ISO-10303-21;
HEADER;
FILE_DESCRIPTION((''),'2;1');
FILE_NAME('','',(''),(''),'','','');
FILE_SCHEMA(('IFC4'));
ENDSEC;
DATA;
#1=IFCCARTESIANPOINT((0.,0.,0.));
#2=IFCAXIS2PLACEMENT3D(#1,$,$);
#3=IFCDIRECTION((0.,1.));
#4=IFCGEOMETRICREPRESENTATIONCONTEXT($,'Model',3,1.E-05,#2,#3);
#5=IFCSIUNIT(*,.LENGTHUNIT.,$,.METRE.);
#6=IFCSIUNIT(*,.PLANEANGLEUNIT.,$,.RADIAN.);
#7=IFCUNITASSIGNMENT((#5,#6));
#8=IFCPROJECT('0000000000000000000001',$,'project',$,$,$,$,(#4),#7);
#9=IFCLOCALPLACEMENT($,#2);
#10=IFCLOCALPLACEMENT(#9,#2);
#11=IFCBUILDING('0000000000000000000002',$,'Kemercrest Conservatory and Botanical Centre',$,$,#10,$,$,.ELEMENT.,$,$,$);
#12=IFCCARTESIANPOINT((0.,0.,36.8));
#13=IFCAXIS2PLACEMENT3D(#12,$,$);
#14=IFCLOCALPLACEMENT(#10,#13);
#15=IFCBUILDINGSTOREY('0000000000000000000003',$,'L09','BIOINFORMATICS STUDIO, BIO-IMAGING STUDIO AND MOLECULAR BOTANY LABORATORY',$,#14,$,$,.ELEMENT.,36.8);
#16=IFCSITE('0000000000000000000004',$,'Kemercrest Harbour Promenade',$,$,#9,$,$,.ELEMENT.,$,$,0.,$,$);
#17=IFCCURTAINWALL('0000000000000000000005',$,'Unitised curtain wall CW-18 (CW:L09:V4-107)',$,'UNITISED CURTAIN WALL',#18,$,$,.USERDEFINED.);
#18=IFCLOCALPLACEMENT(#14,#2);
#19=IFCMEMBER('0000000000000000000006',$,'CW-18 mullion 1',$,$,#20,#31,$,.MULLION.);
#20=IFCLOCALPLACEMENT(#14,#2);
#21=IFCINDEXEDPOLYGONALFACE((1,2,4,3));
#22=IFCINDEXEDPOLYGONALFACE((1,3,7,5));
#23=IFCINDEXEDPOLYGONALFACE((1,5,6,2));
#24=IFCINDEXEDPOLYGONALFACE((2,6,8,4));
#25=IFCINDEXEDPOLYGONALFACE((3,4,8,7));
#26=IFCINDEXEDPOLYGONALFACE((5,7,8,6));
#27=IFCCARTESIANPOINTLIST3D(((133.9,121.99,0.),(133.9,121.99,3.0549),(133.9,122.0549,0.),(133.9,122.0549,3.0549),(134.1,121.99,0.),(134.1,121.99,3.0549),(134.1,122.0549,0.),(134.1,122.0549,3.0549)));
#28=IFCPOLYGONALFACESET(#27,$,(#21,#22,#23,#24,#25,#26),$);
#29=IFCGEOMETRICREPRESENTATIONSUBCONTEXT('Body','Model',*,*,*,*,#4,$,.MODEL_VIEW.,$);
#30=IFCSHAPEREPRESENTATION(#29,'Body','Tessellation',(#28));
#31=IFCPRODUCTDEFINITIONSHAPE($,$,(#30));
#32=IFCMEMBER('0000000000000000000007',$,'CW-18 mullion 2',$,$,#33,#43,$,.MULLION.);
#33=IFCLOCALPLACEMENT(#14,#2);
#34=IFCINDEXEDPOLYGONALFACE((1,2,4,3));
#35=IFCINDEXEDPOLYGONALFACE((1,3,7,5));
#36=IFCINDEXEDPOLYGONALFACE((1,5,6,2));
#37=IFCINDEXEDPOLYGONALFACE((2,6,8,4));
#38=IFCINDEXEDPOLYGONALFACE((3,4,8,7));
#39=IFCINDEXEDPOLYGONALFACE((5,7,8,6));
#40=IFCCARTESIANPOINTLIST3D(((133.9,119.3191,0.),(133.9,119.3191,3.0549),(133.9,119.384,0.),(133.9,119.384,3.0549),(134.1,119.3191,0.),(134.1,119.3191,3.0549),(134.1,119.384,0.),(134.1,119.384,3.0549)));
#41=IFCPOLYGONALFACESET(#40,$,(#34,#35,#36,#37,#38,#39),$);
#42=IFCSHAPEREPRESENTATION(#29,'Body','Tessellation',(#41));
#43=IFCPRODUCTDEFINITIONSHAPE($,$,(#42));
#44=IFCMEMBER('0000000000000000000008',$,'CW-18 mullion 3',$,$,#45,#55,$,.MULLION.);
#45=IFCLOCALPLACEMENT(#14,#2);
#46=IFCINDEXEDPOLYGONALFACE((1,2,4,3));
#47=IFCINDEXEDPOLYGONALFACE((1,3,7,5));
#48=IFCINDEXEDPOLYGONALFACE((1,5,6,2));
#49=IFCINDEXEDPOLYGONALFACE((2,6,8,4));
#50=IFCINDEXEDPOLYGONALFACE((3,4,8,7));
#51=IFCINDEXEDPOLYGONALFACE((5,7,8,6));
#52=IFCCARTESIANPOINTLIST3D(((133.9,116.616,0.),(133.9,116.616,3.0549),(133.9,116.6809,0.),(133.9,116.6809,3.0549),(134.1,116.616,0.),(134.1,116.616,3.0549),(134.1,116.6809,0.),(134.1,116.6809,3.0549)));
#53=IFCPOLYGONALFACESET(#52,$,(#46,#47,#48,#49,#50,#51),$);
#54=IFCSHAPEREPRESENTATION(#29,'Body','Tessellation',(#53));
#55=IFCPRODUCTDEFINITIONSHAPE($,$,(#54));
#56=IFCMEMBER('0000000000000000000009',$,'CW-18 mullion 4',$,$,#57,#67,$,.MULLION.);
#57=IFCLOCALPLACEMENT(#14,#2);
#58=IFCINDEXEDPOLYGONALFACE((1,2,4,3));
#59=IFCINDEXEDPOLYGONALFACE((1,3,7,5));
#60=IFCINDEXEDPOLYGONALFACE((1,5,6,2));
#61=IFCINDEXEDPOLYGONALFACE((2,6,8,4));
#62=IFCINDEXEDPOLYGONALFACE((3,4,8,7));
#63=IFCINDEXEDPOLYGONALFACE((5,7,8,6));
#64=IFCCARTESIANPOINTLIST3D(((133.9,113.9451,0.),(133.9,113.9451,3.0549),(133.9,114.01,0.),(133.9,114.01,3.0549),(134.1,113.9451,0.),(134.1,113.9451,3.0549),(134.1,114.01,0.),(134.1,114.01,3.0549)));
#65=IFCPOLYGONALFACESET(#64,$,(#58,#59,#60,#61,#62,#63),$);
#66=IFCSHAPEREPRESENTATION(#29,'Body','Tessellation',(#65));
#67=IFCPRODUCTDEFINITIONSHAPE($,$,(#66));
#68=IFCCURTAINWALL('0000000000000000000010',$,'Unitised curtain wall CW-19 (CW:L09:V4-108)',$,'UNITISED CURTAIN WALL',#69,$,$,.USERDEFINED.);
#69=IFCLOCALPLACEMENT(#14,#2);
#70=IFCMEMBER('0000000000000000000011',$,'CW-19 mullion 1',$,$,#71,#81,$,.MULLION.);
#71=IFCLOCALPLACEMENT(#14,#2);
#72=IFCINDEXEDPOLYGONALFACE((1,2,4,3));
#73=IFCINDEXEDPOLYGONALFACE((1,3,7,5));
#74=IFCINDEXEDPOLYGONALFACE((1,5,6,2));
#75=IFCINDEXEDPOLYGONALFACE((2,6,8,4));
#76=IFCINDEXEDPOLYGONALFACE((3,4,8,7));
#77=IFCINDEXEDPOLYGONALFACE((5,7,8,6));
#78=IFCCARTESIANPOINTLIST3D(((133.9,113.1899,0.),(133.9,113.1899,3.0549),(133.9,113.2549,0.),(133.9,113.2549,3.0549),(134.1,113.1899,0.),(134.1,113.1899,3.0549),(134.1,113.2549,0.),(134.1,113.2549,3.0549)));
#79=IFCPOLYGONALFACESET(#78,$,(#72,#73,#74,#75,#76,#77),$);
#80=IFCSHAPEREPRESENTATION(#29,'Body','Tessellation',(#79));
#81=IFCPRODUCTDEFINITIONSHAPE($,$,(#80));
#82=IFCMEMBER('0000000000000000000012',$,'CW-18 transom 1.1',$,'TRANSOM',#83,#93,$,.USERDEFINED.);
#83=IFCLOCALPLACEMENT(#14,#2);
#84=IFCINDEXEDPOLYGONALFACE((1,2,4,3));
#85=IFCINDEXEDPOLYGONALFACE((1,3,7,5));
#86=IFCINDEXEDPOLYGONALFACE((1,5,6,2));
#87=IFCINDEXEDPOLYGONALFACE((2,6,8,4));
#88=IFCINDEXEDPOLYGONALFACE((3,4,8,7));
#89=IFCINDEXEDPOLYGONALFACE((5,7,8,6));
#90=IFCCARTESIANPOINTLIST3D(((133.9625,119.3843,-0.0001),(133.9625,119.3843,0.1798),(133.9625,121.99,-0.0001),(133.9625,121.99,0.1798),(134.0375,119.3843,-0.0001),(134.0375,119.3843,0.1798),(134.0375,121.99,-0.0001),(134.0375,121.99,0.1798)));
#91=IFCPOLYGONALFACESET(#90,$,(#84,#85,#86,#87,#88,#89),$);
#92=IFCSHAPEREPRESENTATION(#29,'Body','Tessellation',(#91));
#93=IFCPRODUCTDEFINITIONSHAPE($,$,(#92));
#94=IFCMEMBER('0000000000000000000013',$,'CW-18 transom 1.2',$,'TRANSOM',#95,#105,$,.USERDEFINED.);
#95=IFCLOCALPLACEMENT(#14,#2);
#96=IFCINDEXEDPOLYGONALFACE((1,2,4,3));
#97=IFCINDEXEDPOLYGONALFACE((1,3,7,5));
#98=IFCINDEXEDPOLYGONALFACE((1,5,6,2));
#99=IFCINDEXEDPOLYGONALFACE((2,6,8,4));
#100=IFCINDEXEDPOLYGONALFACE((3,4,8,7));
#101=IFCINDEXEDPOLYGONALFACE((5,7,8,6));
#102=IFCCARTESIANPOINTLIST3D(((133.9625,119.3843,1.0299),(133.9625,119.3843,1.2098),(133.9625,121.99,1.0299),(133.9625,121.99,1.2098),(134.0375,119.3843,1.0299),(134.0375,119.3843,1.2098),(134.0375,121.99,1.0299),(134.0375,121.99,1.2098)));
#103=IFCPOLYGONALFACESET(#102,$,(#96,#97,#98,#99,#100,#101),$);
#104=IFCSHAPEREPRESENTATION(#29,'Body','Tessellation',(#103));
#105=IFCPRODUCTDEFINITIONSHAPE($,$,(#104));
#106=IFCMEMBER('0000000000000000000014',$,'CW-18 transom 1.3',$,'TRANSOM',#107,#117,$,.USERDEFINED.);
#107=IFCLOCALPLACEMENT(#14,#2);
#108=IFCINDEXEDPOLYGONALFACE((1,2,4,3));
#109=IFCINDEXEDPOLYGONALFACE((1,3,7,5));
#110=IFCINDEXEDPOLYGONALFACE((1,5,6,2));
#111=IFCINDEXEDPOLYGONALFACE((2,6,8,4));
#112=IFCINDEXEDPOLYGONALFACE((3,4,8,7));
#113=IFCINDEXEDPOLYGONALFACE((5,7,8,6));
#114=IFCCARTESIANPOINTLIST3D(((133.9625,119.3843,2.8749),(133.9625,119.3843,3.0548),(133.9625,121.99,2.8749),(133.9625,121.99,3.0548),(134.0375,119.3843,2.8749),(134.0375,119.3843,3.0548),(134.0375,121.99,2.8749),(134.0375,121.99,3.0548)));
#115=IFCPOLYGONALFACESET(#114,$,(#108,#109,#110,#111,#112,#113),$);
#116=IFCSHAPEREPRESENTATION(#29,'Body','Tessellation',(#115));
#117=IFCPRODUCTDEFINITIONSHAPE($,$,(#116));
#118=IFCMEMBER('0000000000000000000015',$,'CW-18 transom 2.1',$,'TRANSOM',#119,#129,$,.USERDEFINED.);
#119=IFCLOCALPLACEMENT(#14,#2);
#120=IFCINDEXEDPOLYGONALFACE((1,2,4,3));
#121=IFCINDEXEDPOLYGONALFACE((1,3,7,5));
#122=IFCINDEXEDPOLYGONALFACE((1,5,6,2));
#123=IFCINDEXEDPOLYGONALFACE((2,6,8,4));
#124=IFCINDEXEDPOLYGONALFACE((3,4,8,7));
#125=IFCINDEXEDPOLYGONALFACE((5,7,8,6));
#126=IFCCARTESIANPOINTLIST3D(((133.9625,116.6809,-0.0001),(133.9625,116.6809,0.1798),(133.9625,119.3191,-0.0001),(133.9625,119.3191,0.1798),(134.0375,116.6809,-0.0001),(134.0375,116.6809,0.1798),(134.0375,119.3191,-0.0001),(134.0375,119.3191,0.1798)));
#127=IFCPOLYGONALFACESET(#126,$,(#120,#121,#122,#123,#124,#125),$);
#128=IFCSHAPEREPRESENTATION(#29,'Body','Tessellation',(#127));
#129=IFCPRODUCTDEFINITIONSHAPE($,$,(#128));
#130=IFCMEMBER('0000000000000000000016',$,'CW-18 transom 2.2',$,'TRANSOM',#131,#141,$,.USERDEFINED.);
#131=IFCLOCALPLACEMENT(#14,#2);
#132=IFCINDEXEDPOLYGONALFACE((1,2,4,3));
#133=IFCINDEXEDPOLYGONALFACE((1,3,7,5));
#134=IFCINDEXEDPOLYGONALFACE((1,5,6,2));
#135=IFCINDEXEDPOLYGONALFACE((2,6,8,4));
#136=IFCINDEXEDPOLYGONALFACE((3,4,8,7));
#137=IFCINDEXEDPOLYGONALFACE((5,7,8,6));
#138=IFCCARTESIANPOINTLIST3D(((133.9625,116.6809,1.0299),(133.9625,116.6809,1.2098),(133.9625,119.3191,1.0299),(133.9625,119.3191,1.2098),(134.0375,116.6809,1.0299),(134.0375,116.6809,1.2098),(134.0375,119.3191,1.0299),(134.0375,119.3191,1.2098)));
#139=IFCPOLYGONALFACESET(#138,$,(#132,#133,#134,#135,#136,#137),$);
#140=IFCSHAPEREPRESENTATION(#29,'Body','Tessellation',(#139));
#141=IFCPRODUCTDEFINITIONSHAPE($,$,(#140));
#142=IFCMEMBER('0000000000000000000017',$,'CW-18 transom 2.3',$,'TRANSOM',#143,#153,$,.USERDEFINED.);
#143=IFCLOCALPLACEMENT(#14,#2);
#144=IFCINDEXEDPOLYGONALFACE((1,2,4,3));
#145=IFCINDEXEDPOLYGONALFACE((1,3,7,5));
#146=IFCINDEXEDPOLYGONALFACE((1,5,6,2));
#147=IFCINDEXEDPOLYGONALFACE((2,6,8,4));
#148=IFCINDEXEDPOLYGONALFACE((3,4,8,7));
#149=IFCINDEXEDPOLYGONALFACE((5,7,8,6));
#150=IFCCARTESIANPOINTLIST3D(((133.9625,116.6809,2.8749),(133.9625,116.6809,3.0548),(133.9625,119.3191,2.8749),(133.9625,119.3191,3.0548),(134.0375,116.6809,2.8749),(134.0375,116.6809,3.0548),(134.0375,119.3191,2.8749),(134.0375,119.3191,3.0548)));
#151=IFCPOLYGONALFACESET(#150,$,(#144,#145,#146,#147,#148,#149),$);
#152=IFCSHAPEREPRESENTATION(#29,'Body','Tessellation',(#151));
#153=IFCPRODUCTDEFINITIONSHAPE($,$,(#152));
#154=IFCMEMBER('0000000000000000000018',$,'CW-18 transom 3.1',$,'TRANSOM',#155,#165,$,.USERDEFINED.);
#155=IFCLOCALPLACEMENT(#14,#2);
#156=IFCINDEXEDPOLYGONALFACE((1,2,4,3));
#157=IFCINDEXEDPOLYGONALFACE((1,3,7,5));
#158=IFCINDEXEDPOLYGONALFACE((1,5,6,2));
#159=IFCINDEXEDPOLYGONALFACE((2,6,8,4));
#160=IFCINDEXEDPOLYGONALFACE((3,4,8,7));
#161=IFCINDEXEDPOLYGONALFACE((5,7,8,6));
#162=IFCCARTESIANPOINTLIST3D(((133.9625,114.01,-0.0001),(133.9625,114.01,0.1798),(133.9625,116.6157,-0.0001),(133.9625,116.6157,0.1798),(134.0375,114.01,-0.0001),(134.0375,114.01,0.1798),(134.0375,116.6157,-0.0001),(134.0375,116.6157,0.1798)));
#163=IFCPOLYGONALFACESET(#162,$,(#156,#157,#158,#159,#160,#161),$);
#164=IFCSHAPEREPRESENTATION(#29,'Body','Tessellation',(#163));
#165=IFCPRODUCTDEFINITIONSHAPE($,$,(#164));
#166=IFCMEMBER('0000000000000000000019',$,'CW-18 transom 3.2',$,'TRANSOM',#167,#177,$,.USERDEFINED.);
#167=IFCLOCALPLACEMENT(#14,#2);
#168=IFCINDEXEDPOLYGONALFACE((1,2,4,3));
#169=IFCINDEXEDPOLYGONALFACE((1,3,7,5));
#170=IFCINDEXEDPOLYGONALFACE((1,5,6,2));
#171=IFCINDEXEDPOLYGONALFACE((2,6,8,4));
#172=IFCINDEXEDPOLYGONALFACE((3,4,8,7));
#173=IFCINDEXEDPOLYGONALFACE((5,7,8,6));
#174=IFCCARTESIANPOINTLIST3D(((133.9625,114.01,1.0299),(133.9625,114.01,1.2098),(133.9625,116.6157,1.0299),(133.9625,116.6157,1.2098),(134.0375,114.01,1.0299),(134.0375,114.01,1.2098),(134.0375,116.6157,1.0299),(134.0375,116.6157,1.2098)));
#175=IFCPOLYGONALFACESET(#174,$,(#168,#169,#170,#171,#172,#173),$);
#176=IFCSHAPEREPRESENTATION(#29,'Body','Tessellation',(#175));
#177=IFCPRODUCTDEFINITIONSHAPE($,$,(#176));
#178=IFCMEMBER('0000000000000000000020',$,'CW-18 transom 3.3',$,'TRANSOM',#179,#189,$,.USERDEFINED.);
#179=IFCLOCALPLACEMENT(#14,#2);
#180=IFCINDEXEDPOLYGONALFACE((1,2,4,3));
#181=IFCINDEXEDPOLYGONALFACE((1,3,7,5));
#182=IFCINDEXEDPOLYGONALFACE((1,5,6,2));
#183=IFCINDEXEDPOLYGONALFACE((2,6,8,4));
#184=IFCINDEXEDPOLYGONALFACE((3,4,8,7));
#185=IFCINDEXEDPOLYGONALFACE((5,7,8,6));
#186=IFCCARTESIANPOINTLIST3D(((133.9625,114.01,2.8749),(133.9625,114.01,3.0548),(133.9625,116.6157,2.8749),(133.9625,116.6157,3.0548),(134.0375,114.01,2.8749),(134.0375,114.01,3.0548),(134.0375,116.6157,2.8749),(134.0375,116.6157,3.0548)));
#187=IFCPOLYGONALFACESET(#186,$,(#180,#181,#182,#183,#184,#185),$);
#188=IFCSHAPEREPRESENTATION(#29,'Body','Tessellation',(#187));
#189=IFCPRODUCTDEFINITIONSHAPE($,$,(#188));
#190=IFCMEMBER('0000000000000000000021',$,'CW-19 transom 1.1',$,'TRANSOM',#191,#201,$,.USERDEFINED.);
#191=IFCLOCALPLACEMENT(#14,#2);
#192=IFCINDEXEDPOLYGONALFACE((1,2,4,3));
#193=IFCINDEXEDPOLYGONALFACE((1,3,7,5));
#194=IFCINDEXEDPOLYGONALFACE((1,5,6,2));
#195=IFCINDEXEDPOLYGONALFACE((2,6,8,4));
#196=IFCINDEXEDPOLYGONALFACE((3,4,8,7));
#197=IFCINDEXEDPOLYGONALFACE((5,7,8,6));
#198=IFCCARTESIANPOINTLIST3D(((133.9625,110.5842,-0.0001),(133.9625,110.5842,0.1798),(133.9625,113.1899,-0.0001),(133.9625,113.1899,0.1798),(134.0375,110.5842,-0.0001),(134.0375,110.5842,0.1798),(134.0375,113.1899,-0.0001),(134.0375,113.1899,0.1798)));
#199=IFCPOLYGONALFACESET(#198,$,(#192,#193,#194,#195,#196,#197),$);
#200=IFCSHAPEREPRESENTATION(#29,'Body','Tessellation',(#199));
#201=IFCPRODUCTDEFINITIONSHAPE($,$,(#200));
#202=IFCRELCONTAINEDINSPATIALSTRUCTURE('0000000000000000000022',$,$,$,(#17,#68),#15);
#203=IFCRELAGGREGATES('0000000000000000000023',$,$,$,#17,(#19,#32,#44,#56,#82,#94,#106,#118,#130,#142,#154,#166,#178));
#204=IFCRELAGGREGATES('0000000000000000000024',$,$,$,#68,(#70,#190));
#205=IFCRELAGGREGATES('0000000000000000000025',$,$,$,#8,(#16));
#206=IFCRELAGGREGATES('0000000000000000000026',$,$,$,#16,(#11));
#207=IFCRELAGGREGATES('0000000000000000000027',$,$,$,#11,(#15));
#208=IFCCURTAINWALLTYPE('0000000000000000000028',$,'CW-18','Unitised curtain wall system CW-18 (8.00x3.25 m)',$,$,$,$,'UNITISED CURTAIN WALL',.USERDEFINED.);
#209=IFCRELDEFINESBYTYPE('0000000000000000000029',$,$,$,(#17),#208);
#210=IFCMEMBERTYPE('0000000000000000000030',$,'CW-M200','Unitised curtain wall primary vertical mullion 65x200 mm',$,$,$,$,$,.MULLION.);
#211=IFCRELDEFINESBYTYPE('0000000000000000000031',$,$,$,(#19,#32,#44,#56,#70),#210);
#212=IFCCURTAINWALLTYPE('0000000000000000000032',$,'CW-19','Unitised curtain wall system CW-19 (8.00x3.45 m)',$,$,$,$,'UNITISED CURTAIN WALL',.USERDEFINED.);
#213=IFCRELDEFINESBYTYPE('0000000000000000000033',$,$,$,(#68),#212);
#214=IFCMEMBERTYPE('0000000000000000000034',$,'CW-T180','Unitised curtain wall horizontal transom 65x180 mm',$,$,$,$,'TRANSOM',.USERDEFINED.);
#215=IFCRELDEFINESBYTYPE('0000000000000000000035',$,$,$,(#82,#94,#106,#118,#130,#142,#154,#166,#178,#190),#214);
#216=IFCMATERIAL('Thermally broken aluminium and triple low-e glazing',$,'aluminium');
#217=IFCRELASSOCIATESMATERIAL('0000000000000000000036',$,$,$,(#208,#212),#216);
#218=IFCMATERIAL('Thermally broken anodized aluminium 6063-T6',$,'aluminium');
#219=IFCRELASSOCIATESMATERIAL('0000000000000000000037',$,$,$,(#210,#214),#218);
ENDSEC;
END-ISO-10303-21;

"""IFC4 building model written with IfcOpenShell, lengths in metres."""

from ifc_helpers import new_model, si_unit, direction, frame, origin, origin_2d, place, context, subcontext, project, spatial, rectangle, extrude, material, material_profile, profile_set, type_object, element, aggregate, save


model = new_model("IFC4")

# Units and contexts
model_context = context("Model", 3, precision=1e-05, world=origin(), true_north=direction((0.0, 1.0)))
body_context = subcontext(model_context, "Body", "Model", "MODEL_VIEW")
ifc_project = project(units=[si_unit("LENGTHUNIT", "METRE"), si_unit("PLANEANGLEUNIT", "RADIAN")], contexts=[model_context])

# Site, building, storey
site_placement = place(None, origin())
site = spatial("IfcSite", under=ifc_project, at=site_placement, Name="Kemercrest Harbour Promenade", CompositionType="ELEMENT", RefElevation=0.0)
building_placement = place(site_placement, origin())
building = spatial("IfcBuilding", under=site, at=building_placement, Name="Kemercrest Conservatory and Botanical Centre", CompositionType="ELEMENT")
storey_placement = place(building_placement, frame((0.0, 0.0, 36.8)))
storey = spatial("IfcBuildingStorey", under=building, at=storey_placement, Name="L09", Description="BIOINFORMATICS STUDIO, BIO-IMAGING STUDIO AND MOLECULAR BOTANY LABORATORY", CompositionType="ELEMENT", Elevation=36.8)

# Curtain wall, members
ifc_material_1 = material(Name="Thermally broken aluminium and triple low-e glazing", Category="aluminium")
curtain_wall_type_1 = type_object("IfcCurtainWallType", Name="CW-18", Description="Unitised curtain wall system CW-18 (8.00x3.25 m)", ElementType="UNITISED CURTAIN WALL", PredefinedType="USERDEFINED", material=ifc_material_1)
curtain_wall_1_placement = place(storey_placement, origin())
curtain_wall_1 = element("IfcCurtainWall", 1, at=curtain_wall_1_placement, inside=storey, type_object=curtain_wall_type_1, Name="Unitised curtain wall CW-18 (CW:L09:V4-107)", ObjectType="UNITISED CURTAIN WALL", PredefinedType="USERDEFINED")
ifc_material_2 = material(Name="Thermally broken anodized aluminium 6063-T6", Category="aluminium")
ifc_material_profile_1 = material_profile(ifc_material_2, rectangle(XDim=0.2, YDim=0.0649, at=origin_2d()), Name="AL MULLION 65x200")
ifc_profile_set_1 = profile_set([ifc_material_profile_1], Name="Thermally broken anodized aluminium 6063-T6")
member_type_1 = type_object("IfcMemberType", Name="CW-M200", Description="Unitised curtain wall primary vertical mullion 65x200 mm", PredefinedType="MULLION", material=ifc_profile_set_1)
member_1_placement = place(storey_placement, frame((134.0, 122.0225, 0.0), z_axis=(0.0, 0.0, 1.0), x_axis=(1.0, 0.0, 0.0)))
member_1 = element("IfcMember", 2, at=member_1_placement, type_object=member_type_1, Name="CW-18 mullion 1", PredefinedType="MULLION", context=body_context, shape_type="SweptSolid", body=[
    extrude(rectangle(XDim=0.2, YDim=0.0649, at=origin_2d()), origin(), (0.0, 0.0, 1.0), 3.0549),
])
member_2_placement = place(storey_placement, frame((134.0, 119.3516, 0.0), z_axis=(0.0, 0.0, 1.0), x_axis=(1.0, 0.0, 0.0)))
member_2 = element("IfcMember", 3, at=member_2_placement, type_object=member_type_1, Name="CW-18 mullion 2", PredefinedType="MULLION", context=body_context, shape_type="SweptSolid", body=[
    extrude(rectangle(XDim=0.2, YDim=0.0649, at=origin_2d()), origin(), (0.0, 0.0, 1.0), 3.0549),
])
member_3_placement = place(storey_placement, frame((134.0, 116.6484, 0.0), z_axis=(0.0, 0.0, 1.0), x_axis=(1.0, 0.0, 0.0)))
member_3 = element("IfcMember", 4, at=member_3_placement, type_object=member_type_1, Name="CW-18 mullion 3", PredefinedType="MULLION", context=body_context, shape_type="SweptSolid", body=[
    extrude(rectangle(XDim=0.2, YDim=0.0649, at=origin_2d()), origin(), (0.0, 0.0, 1.0), 3.0549),
])
member_4_placement = place(storey_placement, frame((134.0, 113.9775, 0.0), z_axis=(0.0, 0.0, 1.0), x_axis=(1.0, 0.0, 0.0)))
member_4 = element("IfcMember", 5, at=member_4_placement, type_object=member_type_1, Name="CW-18 mullion 4", PredefinedType="MULLION", context=body_context, shape_type="SweptSolid", body=[
    extrude(rectangle(XDim=0.2, YDim=0.0649, at=origin_2d()), origin(), (0.0, 0.0, 1.0), 3.0549),
])

# Curtain wall, member
curtain_wall_type_2 = type_object("IfcCurtainWallType", Name="CW-19", Description="Unitised curtain wall system CW-19 (8.00x3.45 m)", ElementType="UNITISED CURTAIN WALL", PredefinedType="USERDEFINED", material=ifc_material_1)
curtain_wall_2_placement = place(storey_placement, origin())
curtain_wall_2 = element("IfcCurtainWall", 6, at=curtain_wall_2_placement, inside=storey, type_object=curtain_wall_type_2, Name="Unitised curtain wall CW-19 (CW:L09:V4-108)", ObjectType="UNITISED CURTAIN WALL", PredefinedType="USERDEFINED")
member_5_placement = place(storey_placement, frame((134.0, 113.2224, 0.0), z_axis=(0.0, 0.0, 1.0), x_axis=(1.0, 0.0, 0.0)))
member_5 = element("IfcMember", 7, at=member_5_placement, type_object=member_type_1, Name="CW-19 mullion 1", PredefinedType="MULLION", context=body_context, shape_type="SweptSolid", body=[
    extrude(rectangle(XDim=0.2, YDim=0.0649, at=origin_2d()), origin(), (0.0, 0.0, 1.0), 3.0549),
])

# Members
ifc_material_profile_2 = material_profile(ifc_material_2, rectangle(XDim=0.075, YDim=0.1799, at=origin_2d()), Name="AL TRANSOM 75x180")
ifc_profile_set_2 = profile_set([ifc_material_profile_2], Name="Thermally broken anodized aluminium 6063-T6")
member_type_2 = type_object("IfcMemberType", Name="CW-T180", Description="Unitised curtain wall horizontal transom 65x180 mm", ElementType="TRANSOM", PredefinedType="USERDEFINED", material=ifc_profile_set_2)
member_6_placement = place(storey_placement, frame((134.0, 121.99, 0.0898), z_axis=(0.0, -1.0, 0.0), x_axis=(1.0, 0.0, 0.0)))
member_6 = element("IfcMember", 8, at=member_6_placement, type_object=member_type_2, Name="CW-18 transom 1.1", ObjectType="TRANSOM", PredefinedType="USERDEFINED", context=body_context, shape_type="SweptSolid", body=[
    extrude(rectangle(XDim=0.075, YDim=0.1799, at=origin_2d()), origin(), (0.0, 0.0, 1.0), 2.6057),
])
member_7_placement = place(storey_placement, frame((134.0, 121.99, 1.1199), z_axis=(0.0, -1.0, 0.0), x_axis=(1.0, 0.0, 0.0)))
member_7 = element("IfcMember", 9, at=member_7_placement, type_object=member_type_2, Name="CW-18 transom 1.2", ObjectType="TRANSOM", PredefinedType="USERDEFINED", context=body_context, shape_type="SweptSolid", body=[
    extrude(rectangle(XDim=0.075, YDim=0.1799, at=origin_2d()), origin(), (0.0, 0.0, 1.0), 2.6057),
])
member_8_placement = place(storey_placement, frame((134.0, 121.99, 2.9648), z_axis=(0.0, -1.0, 0.0), x_axis=(1.0, 0.0, 0.0)))
member_8 = element("IfcMember", 10, at=member_8_placement, type_object=member_type_2, Name="CW-18 transom 1.3", ObjectType="TRANSOM", PredefinedType="USERDEFINED", context=body_context, shape_type="SweptSolid", body=[
    extrude(rectangle(XDim=0.075, YDim=0.1799, at=origin_2d()), origin(), (0.0, 0.0, 1.0), 2.6057),
])
member_9_placement = place(storey_placement, frame((134.0, 119.3191, 0.0898), z_axis=(0.0, -1.0, 0.0), x_axis=(1.0, 0.0, 0.0)))
member_9 = element("IfcMember", 11, at=member_9_placement, type_object=member_type_2, Name="CW-18 transom 2.1", ObjectType="TRANSOM", PredefinedType="USERDEFINED", context=body_context, shape_type="SweptSolid", body=[
    extrude(rectangle(XDim=0.075, YDim=0.1799, at=origin_2d()), origin(), (0.0, 0.0, 1.0), 2.6382),
])
member_10_placement = place(storey_placement, frame((134.0, 119.3191, 1.1199), z_axis=(0.0, -1.0, 0.0), x_axis=(1.0, 0.0, 0.0)))
member_10 = element("IfcMember", 12, at=member_10_placement, type_object=member_type_2, Name="CW-18 transom 2.2", ObjectType="TRANSOM", PredefinedType="USERDEFINED", context=body_context, shape_type="SweptSolid", body=[
    extrude(rectangle(XDim=0.075, YDim=0.1799, at=origin_2d()), origin(), (0.0, 0.0, 1.0), 2.6382),
])
member_11_placement = place(storey_placement, frame((134.0, 119.3191, 2.9648), z_axis=(0.0, -1.0, 0.0), x_axis=(1.0, 0.0, 0.0)))
member_11 = element("IfcMember", 13, at=member_11_placement, type_object=member_type_2, Name="CW-18 transom 2.3", ObjectType="TRANSOM", PredefinedType="USERDEFINED", context=body_context, shape_type="SweptSolid", body=[
    extrude(rectangle(XDim=0.075, YDim=0.1799, at=origin_2d()), origin(), (0.0, 0.0, 1.0), 2.6382),
])
member_12_placement = place(storey_placement, frame((134.0, 116.6157, 0.0898), z_axis=(0.0, -1.0, 0.0), x_axis=(1.0, 0.0, 0.0)))
member_12 = element("IfcMember", 14, at=member_12_placement, type_object=member_type_2, Name="CW-18 transom 3.1", ObjectType="TRANSOM", PredefinedType="USERDEFINED", context=body_context, shape_type="SweptSolid", body=[
    extrude(rectangle(XDim=0.075, YDim=0.1799, at=origin_2d()), origin(), (0.0, 0.0, 1.0), 2.6057),
])
member_13_placement = place(storey_placement, frame((134.0, 116.6157, 1.1199), z_axis=(0.0, -1.0, 0.0), x_axis=(1.0, 0.0, 0.0)))
member_13 = element("IfcMember", 15, at=member_13_placement, type_object=member_type_2, Name="CW-18 transom 3.2", ObjectType="TRANSOM", PredefinedType="USERDEFINED", context=body_context, shape_type="SweptSolid", body=[
    extrude(rectangle(XDim=0.075, YDim=0.1799, at=origin_2d()), origin(), (0.0, 0.0, 1.0), 2.6057),
])
member_14_placement = place(storey_placement, frame((134.0, 116.6157, 2.9648), z_axis=(0.0, -1.0, 0.0), x_axis=(1.0, 0.0, 0.0)))
member_14 = element("IfcMember", 16, at=member_14_placement, type_object=member_type_2, Name="CW-18 transom 3.3", ObjectType="TRANSOM", PredefinedType="USERDEFINED", context=body_context, shape_type="SweptSolid", body=[
    extrude(rectangle(XDim=0.075, YDim=0.1799, at=origin_2d()), origin(), (0.0, 0.0, 1.0), 2.6057),
])
member_15_placement = place(storey_placement, frame((134.0, 113.1899, 0.0898), z_axis=(0.0, -1.0, 0.0), x_axis=(1.0, 0.0, 0.0)))
member_15 = element("IfcMember", 17, at=member_15_placement, type_object=member_type_2, Name="CW-19 transom 1.1", ObjectType="TRANSOM", PredefinedType="USERDEFINED", context=body_context, shape_type="SweptSolid", body=[
    extrude(rectangle(XDim=0.075, YDim=0.1799, at=origin_2d()), origin(), (0.0, 0.0, 1.0), 2.6057),
])

aggregate(curtain_wall_1, [member_1, member_2, member_3, member_4, member_6, member_7, member_8, member_9, member_10, member_11, member_12, member_13, member_14])
aggregate(curtain_wall_2, [member_5, member_15])

save(model, "model.ifc")
